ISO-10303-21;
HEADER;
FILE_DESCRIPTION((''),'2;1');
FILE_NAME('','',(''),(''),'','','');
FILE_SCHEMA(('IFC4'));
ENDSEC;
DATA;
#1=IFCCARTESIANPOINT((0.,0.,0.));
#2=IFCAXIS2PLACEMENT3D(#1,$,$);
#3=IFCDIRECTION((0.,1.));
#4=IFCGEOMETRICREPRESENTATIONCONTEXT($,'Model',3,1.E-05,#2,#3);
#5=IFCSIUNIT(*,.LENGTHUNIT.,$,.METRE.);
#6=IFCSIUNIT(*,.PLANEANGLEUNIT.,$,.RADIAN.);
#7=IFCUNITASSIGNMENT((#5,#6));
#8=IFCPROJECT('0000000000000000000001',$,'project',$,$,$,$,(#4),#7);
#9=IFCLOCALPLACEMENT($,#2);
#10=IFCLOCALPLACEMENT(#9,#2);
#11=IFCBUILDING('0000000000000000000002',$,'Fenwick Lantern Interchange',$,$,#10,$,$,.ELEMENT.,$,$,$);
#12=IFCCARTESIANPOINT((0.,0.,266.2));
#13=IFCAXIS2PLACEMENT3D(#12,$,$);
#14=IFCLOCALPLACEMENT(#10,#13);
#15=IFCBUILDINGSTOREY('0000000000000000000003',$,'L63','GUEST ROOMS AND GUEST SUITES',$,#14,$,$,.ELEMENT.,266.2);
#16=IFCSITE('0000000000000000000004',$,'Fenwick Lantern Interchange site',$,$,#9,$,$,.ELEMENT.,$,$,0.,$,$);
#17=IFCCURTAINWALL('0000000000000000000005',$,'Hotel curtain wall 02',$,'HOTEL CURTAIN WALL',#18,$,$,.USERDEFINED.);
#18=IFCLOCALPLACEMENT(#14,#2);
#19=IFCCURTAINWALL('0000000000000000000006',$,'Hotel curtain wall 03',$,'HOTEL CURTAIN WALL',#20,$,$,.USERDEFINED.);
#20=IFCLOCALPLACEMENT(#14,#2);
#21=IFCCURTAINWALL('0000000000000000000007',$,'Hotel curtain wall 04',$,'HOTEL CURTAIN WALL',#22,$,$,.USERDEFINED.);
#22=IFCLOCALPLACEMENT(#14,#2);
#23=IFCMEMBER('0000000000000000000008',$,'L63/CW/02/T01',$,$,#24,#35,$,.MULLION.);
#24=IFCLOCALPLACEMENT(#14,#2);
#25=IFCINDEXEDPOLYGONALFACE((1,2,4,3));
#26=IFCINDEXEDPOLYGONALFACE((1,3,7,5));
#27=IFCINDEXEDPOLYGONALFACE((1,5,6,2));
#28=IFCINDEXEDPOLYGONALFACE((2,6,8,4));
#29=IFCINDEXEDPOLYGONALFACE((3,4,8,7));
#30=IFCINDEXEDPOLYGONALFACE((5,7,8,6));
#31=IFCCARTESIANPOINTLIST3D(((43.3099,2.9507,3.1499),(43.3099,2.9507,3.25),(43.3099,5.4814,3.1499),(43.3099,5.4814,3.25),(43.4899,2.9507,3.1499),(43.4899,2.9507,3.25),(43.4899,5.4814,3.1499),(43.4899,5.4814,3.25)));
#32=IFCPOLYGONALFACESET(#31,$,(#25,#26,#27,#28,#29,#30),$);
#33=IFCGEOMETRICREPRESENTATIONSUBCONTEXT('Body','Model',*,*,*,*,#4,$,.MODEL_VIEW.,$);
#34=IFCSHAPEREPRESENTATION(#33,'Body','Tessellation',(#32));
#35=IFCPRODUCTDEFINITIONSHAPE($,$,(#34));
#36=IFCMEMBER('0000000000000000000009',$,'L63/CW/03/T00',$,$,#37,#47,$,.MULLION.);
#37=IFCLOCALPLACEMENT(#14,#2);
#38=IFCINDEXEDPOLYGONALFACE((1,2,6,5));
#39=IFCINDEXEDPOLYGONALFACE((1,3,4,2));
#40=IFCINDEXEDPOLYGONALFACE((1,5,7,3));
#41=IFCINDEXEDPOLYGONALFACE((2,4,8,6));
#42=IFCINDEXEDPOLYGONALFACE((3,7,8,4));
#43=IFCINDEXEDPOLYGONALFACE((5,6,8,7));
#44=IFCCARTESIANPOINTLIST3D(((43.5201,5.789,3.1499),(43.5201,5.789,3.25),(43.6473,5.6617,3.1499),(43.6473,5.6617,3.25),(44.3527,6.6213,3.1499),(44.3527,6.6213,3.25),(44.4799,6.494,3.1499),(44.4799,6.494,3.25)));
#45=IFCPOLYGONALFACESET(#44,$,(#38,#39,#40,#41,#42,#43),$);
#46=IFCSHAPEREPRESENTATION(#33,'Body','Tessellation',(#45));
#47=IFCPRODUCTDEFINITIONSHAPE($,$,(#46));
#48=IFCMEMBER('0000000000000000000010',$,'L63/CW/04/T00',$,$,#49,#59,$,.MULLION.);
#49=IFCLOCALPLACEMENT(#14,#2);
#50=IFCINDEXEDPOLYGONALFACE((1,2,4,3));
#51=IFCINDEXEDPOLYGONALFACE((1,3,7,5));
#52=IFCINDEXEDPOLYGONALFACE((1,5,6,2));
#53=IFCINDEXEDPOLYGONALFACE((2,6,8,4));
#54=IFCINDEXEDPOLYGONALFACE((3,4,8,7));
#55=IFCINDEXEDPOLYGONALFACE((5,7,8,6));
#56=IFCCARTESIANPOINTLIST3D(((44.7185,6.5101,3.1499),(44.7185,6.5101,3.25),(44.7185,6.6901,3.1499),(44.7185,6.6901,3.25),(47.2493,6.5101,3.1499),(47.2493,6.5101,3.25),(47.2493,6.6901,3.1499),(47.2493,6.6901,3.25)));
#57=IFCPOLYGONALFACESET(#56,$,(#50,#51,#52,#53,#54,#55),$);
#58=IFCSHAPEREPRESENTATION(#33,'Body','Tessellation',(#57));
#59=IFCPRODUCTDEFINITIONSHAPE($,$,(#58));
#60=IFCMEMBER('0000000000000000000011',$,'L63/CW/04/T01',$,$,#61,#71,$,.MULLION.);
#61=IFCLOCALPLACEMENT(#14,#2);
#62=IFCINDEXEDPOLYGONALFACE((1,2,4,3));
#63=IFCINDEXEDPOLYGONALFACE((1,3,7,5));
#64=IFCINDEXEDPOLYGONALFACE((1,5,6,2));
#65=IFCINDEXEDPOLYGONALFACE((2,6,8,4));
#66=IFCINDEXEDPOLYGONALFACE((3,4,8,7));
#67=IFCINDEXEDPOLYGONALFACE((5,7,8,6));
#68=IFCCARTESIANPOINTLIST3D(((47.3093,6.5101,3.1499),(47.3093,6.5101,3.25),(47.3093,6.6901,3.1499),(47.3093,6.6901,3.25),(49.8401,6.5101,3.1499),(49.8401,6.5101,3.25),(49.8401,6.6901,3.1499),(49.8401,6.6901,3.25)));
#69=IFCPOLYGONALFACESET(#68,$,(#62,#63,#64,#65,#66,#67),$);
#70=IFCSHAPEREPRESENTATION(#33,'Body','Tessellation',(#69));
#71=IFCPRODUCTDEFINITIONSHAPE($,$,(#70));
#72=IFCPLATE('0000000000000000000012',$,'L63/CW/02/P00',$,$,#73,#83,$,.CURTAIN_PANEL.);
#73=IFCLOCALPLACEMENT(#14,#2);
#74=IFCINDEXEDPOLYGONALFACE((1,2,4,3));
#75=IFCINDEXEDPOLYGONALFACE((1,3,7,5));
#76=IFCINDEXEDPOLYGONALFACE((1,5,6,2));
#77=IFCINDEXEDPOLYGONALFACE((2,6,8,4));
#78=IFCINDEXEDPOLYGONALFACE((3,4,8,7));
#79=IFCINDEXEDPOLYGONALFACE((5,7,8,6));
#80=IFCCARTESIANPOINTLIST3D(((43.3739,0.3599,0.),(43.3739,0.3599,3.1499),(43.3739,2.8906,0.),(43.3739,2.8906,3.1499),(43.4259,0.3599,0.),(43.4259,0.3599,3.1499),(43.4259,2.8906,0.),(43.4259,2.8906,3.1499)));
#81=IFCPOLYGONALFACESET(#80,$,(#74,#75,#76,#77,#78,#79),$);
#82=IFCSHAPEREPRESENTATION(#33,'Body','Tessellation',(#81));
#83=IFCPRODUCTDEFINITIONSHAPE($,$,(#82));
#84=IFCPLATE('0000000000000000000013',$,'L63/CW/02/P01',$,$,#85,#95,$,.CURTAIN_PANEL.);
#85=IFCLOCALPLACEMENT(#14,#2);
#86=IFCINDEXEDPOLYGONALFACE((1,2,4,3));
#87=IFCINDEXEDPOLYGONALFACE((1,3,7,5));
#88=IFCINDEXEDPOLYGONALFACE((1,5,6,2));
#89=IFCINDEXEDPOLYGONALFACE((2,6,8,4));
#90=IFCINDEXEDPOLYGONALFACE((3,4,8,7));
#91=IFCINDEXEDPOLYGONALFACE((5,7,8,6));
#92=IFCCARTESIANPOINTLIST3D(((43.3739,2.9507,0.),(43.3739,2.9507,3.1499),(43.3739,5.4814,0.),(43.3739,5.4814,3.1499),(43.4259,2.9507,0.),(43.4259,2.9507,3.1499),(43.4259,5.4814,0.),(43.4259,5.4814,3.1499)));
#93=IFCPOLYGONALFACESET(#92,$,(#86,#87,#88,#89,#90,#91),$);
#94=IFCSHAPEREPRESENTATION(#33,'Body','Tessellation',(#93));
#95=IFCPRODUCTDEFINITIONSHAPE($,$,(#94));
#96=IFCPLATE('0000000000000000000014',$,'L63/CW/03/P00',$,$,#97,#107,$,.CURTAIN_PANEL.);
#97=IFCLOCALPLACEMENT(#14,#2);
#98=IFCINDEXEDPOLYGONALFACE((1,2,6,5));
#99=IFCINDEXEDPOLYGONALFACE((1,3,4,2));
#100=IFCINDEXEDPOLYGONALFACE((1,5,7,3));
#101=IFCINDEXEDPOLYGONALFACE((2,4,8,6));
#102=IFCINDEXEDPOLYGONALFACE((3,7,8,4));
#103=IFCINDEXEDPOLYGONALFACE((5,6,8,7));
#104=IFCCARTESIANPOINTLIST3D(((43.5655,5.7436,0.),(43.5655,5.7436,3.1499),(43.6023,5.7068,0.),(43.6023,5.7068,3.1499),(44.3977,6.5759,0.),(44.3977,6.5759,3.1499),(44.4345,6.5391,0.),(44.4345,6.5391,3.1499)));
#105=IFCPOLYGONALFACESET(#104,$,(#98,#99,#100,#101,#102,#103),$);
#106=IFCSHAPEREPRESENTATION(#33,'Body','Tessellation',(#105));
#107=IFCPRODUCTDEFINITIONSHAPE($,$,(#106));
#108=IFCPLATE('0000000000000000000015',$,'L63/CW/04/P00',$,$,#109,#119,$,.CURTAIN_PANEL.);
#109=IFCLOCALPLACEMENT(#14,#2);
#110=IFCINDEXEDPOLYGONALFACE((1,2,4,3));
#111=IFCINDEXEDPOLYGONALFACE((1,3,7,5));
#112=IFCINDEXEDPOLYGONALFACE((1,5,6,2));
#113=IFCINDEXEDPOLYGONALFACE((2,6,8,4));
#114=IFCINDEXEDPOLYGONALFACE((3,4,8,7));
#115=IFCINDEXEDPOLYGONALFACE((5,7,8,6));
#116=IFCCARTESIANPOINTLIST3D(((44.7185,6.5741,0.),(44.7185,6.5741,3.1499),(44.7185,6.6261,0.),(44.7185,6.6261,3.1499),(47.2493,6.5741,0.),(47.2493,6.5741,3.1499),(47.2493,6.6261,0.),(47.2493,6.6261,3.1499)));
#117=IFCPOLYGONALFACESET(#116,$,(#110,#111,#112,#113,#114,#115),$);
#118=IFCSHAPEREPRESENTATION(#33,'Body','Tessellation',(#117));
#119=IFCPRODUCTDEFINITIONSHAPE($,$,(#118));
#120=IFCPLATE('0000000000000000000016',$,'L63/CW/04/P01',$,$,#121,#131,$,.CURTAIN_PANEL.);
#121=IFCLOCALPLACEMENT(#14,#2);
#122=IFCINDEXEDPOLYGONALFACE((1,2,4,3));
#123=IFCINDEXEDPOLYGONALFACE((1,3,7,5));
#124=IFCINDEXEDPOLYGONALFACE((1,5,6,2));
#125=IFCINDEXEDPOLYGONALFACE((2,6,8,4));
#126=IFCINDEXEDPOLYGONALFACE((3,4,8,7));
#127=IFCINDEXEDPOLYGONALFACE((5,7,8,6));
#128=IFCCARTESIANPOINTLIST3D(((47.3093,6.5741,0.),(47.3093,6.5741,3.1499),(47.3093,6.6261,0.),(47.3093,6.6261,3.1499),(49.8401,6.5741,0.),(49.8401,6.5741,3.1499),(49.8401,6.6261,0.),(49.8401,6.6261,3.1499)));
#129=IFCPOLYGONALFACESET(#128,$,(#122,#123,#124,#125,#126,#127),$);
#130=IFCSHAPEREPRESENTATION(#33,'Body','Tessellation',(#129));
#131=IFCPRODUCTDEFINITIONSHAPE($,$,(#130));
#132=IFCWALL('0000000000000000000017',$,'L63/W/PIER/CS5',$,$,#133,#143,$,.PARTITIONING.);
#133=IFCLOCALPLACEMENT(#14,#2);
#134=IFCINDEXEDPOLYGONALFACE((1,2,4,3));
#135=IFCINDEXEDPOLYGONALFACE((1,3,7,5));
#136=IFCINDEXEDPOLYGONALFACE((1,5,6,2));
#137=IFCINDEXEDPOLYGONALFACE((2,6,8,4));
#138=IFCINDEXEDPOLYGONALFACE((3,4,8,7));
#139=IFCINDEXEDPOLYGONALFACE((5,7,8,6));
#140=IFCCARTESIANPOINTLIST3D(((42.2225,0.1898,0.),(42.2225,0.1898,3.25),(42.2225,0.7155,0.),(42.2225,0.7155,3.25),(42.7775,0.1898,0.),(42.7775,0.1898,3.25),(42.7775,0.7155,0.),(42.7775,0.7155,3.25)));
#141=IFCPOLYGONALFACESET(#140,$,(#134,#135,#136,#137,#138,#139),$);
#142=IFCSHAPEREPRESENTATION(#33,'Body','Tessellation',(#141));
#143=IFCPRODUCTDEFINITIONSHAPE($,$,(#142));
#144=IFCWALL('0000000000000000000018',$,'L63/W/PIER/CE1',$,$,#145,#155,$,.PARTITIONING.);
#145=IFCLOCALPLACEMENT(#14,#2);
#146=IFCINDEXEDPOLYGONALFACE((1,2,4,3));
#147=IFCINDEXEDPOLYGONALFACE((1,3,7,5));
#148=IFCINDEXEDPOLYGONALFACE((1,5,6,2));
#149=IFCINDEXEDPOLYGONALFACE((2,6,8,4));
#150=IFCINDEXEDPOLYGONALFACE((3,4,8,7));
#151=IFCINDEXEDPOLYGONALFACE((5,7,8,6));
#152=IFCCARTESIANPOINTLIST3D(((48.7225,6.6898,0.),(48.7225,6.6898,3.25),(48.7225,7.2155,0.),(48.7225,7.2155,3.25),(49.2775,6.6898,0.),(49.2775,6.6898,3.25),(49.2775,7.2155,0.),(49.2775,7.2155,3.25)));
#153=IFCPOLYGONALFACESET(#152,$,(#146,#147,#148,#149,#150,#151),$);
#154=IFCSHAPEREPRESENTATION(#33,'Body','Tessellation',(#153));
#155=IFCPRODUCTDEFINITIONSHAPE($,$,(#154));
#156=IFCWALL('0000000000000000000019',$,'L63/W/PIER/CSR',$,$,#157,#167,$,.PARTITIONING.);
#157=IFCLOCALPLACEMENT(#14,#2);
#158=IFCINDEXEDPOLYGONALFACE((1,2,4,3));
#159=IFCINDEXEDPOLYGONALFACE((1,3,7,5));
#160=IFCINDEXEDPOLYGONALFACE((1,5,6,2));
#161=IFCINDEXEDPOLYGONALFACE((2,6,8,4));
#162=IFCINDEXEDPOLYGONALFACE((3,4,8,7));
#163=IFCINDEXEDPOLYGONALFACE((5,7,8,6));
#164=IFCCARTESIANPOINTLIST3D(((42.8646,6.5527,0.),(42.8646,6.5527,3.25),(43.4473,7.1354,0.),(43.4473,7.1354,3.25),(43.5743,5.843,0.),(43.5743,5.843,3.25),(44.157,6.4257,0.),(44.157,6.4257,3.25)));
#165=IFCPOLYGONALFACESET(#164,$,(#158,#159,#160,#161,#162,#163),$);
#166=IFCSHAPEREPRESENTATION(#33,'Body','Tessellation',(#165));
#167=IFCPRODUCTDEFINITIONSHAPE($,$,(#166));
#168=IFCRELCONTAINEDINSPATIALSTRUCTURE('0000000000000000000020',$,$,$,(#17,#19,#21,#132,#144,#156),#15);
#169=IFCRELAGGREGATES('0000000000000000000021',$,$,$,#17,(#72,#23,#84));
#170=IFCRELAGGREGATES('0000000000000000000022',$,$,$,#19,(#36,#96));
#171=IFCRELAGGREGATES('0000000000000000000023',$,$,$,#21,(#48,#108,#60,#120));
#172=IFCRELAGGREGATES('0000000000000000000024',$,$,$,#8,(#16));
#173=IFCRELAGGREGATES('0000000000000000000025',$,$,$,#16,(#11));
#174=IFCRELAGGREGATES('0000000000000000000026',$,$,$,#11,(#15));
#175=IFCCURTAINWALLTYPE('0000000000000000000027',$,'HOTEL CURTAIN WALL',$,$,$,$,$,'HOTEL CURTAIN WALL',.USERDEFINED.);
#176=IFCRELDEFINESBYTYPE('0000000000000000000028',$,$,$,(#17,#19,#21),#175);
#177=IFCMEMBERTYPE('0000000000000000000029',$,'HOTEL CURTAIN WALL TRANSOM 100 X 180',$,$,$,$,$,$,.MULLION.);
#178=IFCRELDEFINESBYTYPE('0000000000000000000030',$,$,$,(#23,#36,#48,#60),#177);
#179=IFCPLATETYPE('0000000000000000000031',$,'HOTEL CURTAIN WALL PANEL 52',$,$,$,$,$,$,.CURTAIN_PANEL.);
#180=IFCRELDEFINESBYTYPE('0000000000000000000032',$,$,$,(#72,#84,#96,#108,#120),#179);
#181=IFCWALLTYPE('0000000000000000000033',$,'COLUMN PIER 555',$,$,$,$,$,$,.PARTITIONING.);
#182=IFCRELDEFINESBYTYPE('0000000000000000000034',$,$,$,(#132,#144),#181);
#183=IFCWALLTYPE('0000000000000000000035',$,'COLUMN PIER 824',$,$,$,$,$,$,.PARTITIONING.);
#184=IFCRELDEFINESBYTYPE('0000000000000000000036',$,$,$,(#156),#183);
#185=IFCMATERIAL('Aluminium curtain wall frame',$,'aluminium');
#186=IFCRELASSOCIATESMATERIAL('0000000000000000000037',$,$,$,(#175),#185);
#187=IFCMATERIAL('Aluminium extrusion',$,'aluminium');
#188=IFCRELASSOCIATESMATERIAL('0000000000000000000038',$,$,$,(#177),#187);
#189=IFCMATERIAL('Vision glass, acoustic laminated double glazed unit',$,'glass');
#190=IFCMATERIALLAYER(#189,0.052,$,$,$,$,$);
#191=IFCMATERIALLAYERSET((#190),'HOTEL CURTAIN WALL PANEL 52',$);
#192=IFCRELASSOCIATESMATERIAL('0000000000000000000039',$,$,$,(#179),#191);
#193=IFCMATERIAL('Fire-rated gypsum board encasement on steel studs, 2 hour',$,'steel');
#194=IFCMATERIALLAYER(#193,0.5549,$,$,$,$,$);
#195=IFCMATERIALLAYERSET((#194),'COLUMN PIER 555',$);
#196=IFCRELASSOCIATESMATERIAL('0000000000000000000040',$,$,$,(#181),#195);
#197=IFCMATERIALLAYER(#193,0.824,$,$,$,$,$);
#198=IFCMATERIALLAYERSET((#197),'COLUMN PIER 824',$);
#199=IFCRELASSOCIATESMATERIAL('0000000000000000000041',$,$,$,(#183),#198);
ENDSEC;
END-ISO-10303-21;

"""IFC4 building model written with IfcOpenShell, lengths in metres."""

from ifc_helpers import new_model, si_unit, direction, frame, frame_2d, origin, origin_2d, place, context, subcontext, project, spatial, rectangle, extrude, material, layer, layer_set, material_profile, profile_set, type_object, element, aggregate, save


model = new_model("IFC4")

# Units and contexts
model_context = context("Model", 3, precision=1e-05, world=origin(), true_north=direction((0.0, 1.0)))
body_context = subcontext(model_context, "Body", "Model", "MODEL_VIEW")
ifc_project = project(units=[si_unit("LENGTHUNIT", "METRE"), si_unit("PLANEANGLEUNIT", "RADIAN")], contexts=[model_context])

# Site, building, storey
site_placement = place(None, origin())
site = spatial("IfcSite", under=ifc_project, at=site_placement, Name="Fenwick Lantern Interchange site", CompositionType="ELEMENT", RefElevation=0.0)
building_placement = place(site_placement, origin())
building = spatial("IfcBuilding", under=site, at=building_placement, Name="Fenwick Lantern Interchange", CompositionType="ELEMENT")
storey_placement = place(building_placement, frame((0.0, 0.0, 266.2)))
storey = spatial("IfcBuildingStorey", under=building, at=storey_placement, Name="L63", Description="GUEST ROOMS AND GUEST SUITES", CompositionType="ELEMENT", Elevation=266.2)

# Shared definitions
ifc_material_1 = material(Name="Aluminium curtain wall frame", Category="aluminium")
curtain_wall_type = type_object("IfcCurtainWallType", Name="HOTEL CURTAIN WALL", ElementType="HOTEL CURTAIN WALL", PredefinedType="USERDEFINED", material=ifc_material_1)
ifc_material_2 = material(Name="Aluminium extrusion", Category="aluminium")

# Curtain walls
curtain_wall_1_placement = place(storey_placement, origin())
curtain_wall_1 = element("IfcCurtainWall", 1, at=curtain_wall_1_placement, inside=storey, type_object=curtain_wall_type, Name="Hotel curtain wall 02", ObjectType="HOTEL CURTAIN WALL", PredefinedType="USERDEFINED")
curtain_wall_2_placement = place(storey_placement, origin())
curtain_wall_2 = element("IfcCurtainWall", 2, at=curtain_wall_2_placement, inside=storey, type_object=curtain_wall_type, Name="Hotel curtain wall 03", ObjectType="HOTEL CURTAIN WALL", PredefinedType="USERDEFINED")
curtain_wall_3_placement = place(storey_placement, origin())
curtain_wall_3 = element("IfcCurtainWall", 3, at=curtain_wall_3_placement, inside=storey, type_object=curtain_wall_type, Name="Hotel curtain wall 04", ObjectType="HOTEL CURTAIN WALL", PredefinedType="USERDEFINED")

# Members
ifc_material_profile_1 = material_profile(ifc_material_2, rectangle(XDim=0.1799, YDim=0.1001, at=origin_2d()), Name="HOTEL CURTAIN WALL TRANSOM 100 X 180")
ifc_profile_set_1 = profile_set([ifc_material_profile_1], Name="Aluminium extrusion")
member_type_1 = type_object("IfcMemberType", Name="HOTEL CURTAIN WALL TRANSOM 100 X 180", PredefinedType="MULLION", material=ifc_profile_set_1)
member_1_placement = place(storey_placement, frame((43.3999, 2.9507, 3.2), z_axis=(0.0, 1.0, 0.0), x_axis=(-1.0, 0.0, 0.0)))
member_1 = element("IfcMember", 4, at=member_1_placement, type_object=member_type_1, Name="L63/CW/02/T01", PredefinedType="MULLION", context=body_context, shape_type="SweptSolid", body=[
    extrude(rectangle(XDim=0.1799, YDim=0.1001, at=origin_2d()), origin(), (0.0, 0.0, 1.0), 2.5308),
])
member_2_placement = place(storey_placement, frame((43.5837, 5.7253, 3.2), z_axis=(0.70721, 0.707003, 0.0), x_axis=(-0.707003, 0.70721, 0.0)))
member_2 = element("IfcMember", 5, at=member_2_placement, type_object=member_type_1, Name="L63/CW/03/T00", PredefinedType="MULLION", context=body_context, shape_type="SweptSolid", body=[
    extrude(rectangle(XDim=0.1799, YDim=0.1001, at=origin_2d()), origin(), (0.0, 0.0, 1.0), 1.1772),
])
member_3_placement = place(storey_placement, frame((44.7185, 6.6001, 3.2), z_axis=(1.0, 0.0, 0.0), x_axis=(0.0, 1.0, 0.0)))
member_3 = element("IfcMember", 6, at=member_3_placement, type_object=member_type_1, Name="L63/CW/04/T00", PredefinedType="MULLION", context=body_context, shape_type="SweptSolid", body=[
    extrude(rectangle(XDim=0.1799, YDim=0.1001, at=origin_2d()), origin(), (0.0, 0.0, 1.0), 2.5308),
])
member_4_placement = place(storey_placement, frame((47.3093, 6.6001, 3.2), z_axis=(1.0, 0.0, 0.0), x_axis=(0.0, 1.0, 0.0)))
member_4 = element("IfcMember", 7, at=member_4_placement, type_object=member_type_1, Name="L63/CW/04/T01", PredefinedType="MULLION", context=body_context, shape_type="SweptSolid", body=[
    extrude(rectangle(XDim=0.1799, YDim=0.1001, at=origin_2d()), origin(), (0.0, 0.0, 1.0), 2.5308),
])

# Plates
ifc_material_3 = material(Name="Vision glass, acoustic laminated double glazed unit", Category="glass")
ifc_layer_1 = layer(ifc_material_3, 0.052)
ifc_layer_set_1 = layer_set([ifc_layer_1], Name="HOTEL CURTAIN WALL PANEL 52")
plate_type = type_object("IfcPlateType", Name="HOTEL CURTAIN WALL PANEL 52", PredefinedType="CURTAIN_PANEL", material=ifc_layer_set_1)
plate_1_placement = place(storey_placement, frame((43.3999, 1.6252, 0.0), z_axis=(0.0, 0.0, 1.0), x_axis=(0.0, 1.0, 0.0)))
plate_1 = element("IfcPlate", 8, at=plate_1_placement, type_object=plate_type, Name="L63/CW/02/P00", PredefinedType="CURTAIN_PANEL", context=body_context, shape_type="SweptSolid", body=[
    extrude(rectangle(XDim=2.5308, YDim=0.052, at=origin_2d()), origin(), (0.0, 0.0, 1.0), 3.1499),
])
plate_2_placement = place(storey_placement, frame((43.3999, 4.2161, 0.0), z_axis=(0.0, 0.0, 1.0), x_axis=(0.0, 1.0, 0.0)))
plate_2 = element("IfcPlate", 9, at=plate_2_placement, type_object=plate_type, Name="L63/CW/02/P01", PredefinedType="CURTAIN_PANEL", context=body_context, shape_type="SweptSolid", body=[
    extrude(rectangle(XDim=2.5308, YDim=0.052, at=origin_2d()), origin(), (0.0, 0.0, 1.0), 3.1499),
])
aggregate(curtain_wall_1, [plate_1, member_1, plate_2])
plate_3_placement = place(storey_placement, frame((44.0, 6.1414, 0.0), z_axis=(0.0, 0.0, 1.0), x_axis=(0.707107, 0.707107, 0.0)))
plate_3 = element("IfcPlate", 10, at=plate_3_placement, type_object=plate_type, Name="L63/CW/03/P00", PredefinedType="CURTAIN_PANEL", context=body_context, shape_type="SweptSolid", body=[
    extrude(rectangle(XDim=1.177, YDim=0.052, at=origin_2d()), origin(), (0.0, 0.0, 1.0), 3.1499),
])
aggregate(curtain_wall_2, [member_2, plate_3])
plate_4_placement = place(storey_placement, frame((45.9839, 6.6001, 0.0), z_axis=(0.0, 0.0, 1.0), x_axis=(1.0, 0.0, 0.0)))
plate_4 = element("IfcPlate", 11, at=plate_4_placement, type_object=plate_type, Name="L63/CW/04/P00", PredefinedType="CURTAIN_PANEL", context=body_context, shape_type="SweptSolid", body=[
    extrude(rectangle(XDim=2.5308, YDim=0.052, at=origin_2d()), origin(), (0.0, 0.0, 1.0), 3.1499),
])
plate_5_placement = place(storey_placement, frame((48.5747, 6.6001, 0.0), z_axis=(0.0, 0.0, 1.0), x_axis=(1.0, 0.0, 0.0)))
plate_5 = element("IfcPlate", 12, at=plate_5_placement, type_object=plate_type, Name="L63/CW/04/P01", PredefinedType="CURTAIN_PANEL", context=body_context, shape_type="SweptSolid", body=[
    extrude(rectangle(XDim=2.5308, YDim=0.052, at=origin_2d()), origin(), (0.0, 0.0, 1.0), 3.1499),
])
aggregate(curtain_wall_3, [member_3, plate_4, member_4, plate_5])

# Walls
ifc_material_4 = material(Name="Fire-rated gypsum board encasement on steel studs, 2 hour", Category="steel")
ifc_layer_2 = layer(ifc_material_4, 0.5549)
ifc_layer_set_2 = layer_set([ifc_layer_2], Name="COLUMN PIER 555")
wall_type_1 = type_object("IfcWallType", Name="COLUMN PIER 555", PredefinedType="PARTITIONING", material=ifc_layer_set_2)
for number, where, z_axis, x_axis, name in (
    (13, (42.5, 0.1899, 0.0), (0.0, 0.0, 1.0), (0.0, 1.0, 0.0), "L63/W/PIER/CS5"),
    (14, (49.0, 6.6899, 0.0), (0.0, 0.0, 1.0), (0.0, 1.0, 0.0), "L63/W/PIER/CE1"),
):
    element("IfcWall", number, at=place(storey_placement, frame(where, z_axis=z_axis, x_axis=x_axis)), inside=storey, type_object=wall_type_1, Name=name, PredefinedType="PARTITIONING", context=body_context, shape_type="SweptSolid", body=[
        extrude(rectangle(XDim=0.5256, YDim=0.5549, at=frame_2d((0.2627, 0.0))), origin(), (0.0, 0.0, 1.0), 3.25),
    ])
ifc_layer_3 = layer(ifc_material_4, 0.824)
ifc_layer_set_3 = layer_set([ifc_layer_3], Name="COLUMN PIER 824")
wall_type_2 = type_object("IfcWallType", Name="COLUMN PIER 824", PredefinedType="PARTITIONING", material=ifc_layer_set_3)
wall_placement = place(storey_placement, frame((43.8657, 6.1343, 0.0), z_axis=(0.0, 0.0, 1.0), x_axis=(-0.707107, 0.707107, 0.0)))
element("IfcWall", 15, at=wall_placement, inside=storey, type_object=wall_type_2, Name="L63/W/PIER/CSR", PredefinedType="PARTITIONING", context=body_context, shape_type="SweptSolid", body=[
    extrude(rectangle(XDim=1.0037, YDim=0.824, at=frame_2d((0.502, 0.0))), origin(), (0.0, 0.0, 1.0), 3.25),
])

save(model, "model.ifc")
